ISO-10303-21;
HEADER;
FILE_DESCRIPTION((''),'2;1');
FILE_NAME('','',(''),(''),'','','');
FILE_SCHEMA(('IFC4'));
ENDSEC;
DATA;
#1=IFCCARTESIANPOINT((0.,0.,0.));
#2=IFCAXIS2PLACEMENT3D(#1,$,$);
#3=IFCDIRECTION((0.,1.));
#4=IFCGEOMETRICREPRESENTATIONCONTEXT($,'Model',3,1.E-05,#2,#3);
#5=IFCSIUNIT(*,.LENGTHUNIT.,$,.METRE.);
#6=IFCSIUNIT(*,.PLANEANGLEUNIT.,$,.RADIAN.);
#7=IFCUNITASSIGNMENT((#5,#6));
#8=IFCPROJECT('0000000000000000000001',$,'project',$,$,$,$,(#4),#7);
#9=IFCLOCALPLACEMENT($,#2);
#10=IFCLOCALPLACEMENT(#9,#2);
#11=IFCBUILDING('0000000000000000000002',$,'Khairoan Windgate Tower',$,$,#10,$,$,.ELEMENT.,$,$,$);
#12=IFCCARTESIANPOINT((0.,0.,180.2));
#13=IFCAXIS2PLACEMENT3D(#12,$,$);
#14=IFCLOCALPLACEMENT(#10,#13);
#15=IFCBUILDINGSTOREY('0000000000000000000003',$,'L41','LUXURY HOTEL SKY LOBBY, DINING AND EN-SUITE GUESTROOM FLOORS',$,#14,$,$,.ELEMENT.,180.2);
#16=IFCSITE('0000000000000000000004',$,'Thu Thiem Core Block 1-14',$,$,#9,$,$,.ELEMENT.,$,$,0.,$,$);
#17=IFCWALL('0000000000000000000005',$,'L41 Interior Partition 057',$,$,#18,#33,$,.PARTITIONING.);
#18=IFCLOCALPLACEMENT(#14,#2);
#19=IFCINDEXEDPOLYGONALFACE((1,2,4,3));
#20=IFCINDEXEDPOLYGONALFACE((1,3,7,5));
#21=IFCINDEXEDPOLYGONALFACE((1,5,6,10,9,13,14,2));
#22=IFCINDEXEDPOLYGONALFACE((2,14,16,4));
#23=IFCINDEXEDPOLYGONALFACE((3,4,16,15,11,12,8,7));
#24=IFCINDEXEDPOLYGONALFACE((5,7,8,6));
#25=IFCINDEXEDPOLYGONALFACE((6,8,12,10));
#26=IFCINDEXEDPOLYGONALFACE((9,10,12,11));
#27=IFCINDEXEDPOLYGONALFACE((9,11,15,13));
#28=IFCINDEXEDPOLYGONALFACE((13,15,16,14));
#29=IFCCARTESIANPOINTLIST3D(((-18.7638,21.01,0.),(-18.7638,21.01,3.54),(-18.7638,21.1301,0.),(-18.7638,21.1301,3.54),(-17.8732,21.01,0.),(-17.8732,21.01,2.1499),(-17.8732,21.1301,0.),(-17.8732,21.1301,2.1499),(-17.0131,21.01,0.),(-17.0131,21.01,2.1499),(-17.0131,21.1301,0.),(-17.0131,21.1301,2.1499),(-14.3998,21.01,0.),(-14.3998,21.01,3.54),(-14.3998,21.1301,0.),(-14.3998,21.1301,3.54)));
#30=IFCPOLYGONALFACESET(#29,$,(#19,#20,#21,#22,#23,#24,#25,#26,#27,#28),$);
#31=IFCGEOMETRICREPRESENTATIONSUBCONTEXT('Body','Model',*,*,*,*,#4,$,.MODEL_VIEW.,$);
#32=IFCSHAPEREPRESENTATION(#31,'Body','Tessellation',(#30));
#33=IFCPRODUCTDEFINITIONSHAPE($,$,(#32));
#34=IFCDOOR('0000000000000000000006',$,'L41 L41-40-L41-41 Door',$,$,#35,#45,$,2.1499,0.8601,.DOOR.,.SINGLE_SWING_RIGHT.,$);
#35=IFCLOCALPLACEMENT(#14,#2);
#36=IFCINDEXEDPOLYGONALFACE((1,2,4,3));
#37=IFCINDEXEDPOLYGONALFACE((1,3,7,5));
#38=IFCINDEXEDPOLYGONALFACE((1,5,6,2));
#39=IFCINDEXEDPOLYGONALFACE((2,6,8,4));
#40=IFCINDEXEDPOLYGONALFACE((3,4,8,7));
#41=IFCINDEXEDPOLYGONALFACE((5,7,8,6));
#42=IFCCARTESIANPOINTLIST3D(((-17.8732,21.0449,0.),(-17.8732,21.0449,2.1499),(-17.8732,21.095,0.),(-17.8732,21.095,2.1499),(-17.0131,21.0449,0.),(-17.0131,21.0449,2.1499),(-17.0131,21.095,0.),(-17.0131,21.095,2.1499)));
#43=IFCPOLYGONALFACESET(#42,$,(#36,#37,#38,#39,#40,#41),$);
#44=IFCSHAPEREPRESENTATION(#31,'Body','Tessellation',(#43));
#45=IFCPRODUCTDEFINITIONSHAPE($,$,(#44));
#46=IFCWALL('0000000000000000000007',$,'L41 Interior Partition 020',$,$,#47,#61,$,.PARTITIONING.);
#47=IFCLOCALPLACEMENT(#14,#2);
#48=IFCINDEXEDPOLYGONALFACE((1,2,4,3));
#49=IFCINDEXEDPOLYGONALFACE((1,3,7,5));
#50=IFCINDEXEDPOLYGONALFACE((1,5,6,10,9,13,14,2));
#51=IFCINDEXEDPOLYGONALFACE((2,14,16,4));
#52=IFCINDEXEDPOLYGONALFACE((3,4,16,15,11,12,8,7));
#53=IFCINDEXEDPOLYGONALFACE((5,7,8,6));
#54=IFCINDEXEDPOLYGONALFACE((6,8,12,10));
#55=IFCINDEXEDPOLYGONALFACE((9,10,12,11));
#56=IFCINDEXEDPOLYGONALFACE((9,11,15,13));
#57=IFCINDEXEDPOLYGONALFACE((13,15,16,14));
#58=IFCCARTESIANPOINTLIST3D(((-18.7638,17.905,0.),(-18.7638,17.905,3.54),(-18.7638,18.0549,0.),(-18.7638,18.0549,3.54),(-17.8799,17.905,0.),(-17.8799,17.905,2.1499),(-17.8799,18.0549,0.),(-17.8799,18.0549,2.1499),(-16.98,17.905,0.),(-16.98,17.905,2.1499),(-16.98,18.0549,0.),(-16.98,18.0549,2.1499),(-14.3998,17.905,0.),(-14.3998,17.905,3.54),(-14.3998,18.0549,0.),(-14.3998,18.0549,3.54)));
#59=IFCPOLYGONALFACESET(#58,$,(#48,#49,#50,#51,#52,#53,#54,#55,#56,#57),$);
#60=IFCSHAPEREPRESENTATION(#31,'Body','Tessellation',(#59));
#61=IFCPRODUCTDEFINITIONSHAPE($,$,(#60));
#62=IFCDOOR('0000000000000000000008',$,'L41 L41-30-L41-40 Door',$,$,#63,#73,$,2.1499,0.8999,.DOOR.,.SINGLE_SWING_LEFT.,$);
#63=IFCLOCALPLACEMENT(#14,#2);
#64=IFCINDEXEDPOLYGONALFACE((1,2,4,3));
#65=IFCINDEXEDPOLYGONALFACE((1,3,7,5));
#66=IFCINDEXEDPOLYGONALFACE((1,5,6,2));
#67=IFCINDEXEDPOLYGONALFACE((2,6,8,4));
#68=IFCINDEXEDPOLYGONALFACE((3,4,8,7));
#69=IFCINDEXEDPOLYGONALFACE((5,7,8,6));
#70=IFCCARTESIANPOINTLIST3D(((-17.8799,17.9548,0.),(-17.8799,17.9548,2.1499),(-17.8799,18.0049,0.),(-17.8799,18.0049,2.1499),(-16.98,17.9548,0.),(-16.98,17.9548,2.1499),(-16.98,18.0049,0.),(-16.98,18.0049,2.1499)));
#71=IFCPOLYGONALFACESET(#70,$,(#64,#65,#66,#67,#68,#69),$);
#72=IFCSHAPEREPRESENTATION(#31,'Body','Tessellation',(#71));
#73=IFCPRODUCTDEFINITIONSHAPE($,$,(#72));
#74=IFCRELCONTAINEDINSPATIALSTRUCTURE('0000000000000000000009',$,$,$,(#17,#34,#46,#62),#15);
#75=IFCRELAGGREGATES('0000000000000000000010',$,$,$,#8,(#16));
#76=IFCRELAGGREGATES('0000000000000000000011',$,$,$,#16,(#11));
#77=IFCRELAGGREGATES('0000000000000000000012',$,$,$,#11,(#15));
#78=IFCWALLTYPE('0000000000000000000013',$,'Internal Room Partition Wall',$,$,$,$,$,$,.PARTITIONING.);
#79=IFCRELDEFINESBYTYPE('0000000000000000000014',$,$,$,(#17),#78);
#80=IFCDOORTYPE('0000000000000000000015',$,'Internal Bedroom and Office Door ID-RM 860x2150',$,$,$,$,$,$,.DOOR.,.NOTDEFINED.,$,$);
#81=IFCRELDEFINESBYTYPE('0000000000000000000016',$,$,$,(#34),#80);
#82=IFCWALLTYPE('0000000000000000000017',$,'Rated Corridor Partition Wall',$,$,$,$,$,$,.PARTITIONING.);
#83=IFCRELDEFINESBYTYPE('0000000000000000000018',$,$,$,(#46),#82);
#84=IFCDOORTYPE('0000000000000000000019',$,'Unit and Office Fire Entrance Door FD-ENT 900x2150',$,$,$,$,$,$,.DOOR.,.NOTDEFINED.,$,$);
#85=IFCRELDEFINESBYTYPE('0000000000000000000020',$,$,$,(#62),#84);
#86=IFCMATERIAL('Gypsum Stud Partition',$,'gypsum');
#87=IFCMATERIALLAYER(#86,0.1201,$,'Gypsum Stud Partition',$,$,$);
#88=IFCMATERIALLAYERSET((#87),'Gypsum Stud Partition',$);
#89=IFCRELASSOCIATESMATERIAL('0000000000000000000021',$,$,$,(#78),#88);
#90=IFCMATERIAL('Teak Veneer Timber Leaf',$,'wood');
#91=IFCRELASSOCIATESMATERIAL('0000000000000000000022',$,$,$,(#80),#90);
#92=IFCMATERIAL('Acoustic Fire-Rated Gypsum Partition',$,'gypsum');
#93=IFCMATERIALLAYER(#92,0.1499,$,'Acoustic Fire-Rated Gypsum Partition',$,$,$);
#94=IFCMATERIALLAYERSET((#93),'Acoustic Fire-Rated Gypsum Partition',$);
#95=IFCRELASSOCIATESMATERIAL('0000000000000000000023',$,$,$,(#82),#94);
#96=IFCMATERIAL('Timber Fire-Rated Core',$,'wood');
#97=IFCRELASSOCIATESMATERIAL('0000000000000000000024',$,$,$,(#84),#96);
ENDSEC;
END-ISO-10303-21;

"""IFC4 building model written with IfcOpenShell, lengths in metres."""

from ifc_helpers import new_model, si_unit, direction, frame, frame_2d, origin, place, context, subcontext, project, spatial, rectangle, extrude, material, layer, layer_set, type_object, element, fill, save


model = new_model("IFC4")

# Units and contexts
model_context = context("Model", 3, precision=1e-05, world=origin(), true_north=direction((0.0, 1.0)))
body_context = subcontext(model_context, "Body", "Model", "MODEL_VIEW")
ifc_project = project(units=[si_unit("LENGTHUNIT", "METRE"), si_unit("PLANEANGLEUNIT", "RADIAN")], contexts=[model_context])

# Site, building, storey
site_placement = place(None, origin())
site = spatial("IfcSite", under=ifc_project, at=site_placement, Name="Thu Thiem Core Block 1-14", CompositionType="ELEMENT", RefElevation=0.0)
building_placement = place(site_placement, origin())
building = spatial("IfcBuilding", under=site, at=building_placement, Name="Khairoan Windgate Tower", CompositionType="ELEMENT")
storey_placement = place(building_placement, frame((0.0, 0.0, 180.2)))
storey = spatial("IfcBuildingStorey", under=building, at=storey_placement, Name="L41", Description="LUXURY HOTEL SKY LOBBY, DINING AND EN-SUITE GUESTROOM FLOORS", CompositionType="ELEMENT", Elevation=180.2)

# Wall, opening, door
ifc_material_1 = material(Name="Gypsum Stud Partition", Category="gypsum")
ifc_layer_1 = layer(ifc_material_1, 0.1201, Name="Gypsum Stud Partition")
ifc_layer_set_1 = layer_set([ifc_layer_1], Name="Gypsum Stud Partition")
wall_type_1 = type_object("IfcWallType", Name="Internal Room Partition Wall", PredefinedType="PARTITIONING", material=ifc_layer_set_1)
wall_1_placement = place(storey_placement, frame((-18.7639, 21.0701, 0.0), z_axis=(0.0, 0.0, 1.0), x_axis=(1.0, 0.0, 0.0)))
wall_1 = element("IfcWall", 1, at=wall_1_placement, inside=storey, type_object=wall_type_1, Name="L41 Interior Partition 057", PredefinedType="PARTITIONING", context=body_context, shape_type="SweptSolid", body=[
    extrude(rectangle(XDim=4.364, YDim=0.1201, at=frame_2d((2.1821, 0.0))), origin(), (0.0, 0.0, 1.0), 3.54),
])
opening_1_placement = place(wall_1_placement, frame((0.8906, 0.0, 0.0)))
opening_1 = element("IfcOpeningElement", 2, at=opening_1_placement, cuts=wall_1, PredefinedType="OPENING", context=body_context, shape_type="SweptSolid", body=[
    extrude(rectangle(XDim=0.8601, YDim=2.1499, at=frame_2d((0.4302, 1.075))), frame((0.0, 0.0701, 0.0), z_axis=(0.0, -1.0, 0.0), x_axis=(1.0, 0.0, 0.0)), (0.0, 0.0, 1.0), 0.1401),
])
ifc_material_2 = material(Name="Teak Veneer Timber Leaf", Category="wood")
door_type_1 = type_object("IfcDoorType", Name="Internal Bedroom and Office Door ID-RM 860x2150", OperationType="NOTDEFINED", PredefinedType="DOOR", material=ifc_material_2)
door_1_placement = place(opening_1_placement, origin())
door_1 = element("IfcDoor", 3, at=door_1_placement, inside=storey, type_object=door_type_1, Name="L41 L41-40-L41-41 Door", OperationType="SINGLE_SWING_RIGHT", OverallHeight=2.1499, OverallWidth=0.8601, PredefinedType="DOOR", context=body_context, shape_type="SweptSolid", body=[
    extrude(rectangle(XDim=0.8601, YDim=2.1499, at=frame_2d((0.4302, 1.075))), frame((0.0, 0.0249, 0.0), z_axis=(0.0, -1.0, 0.0), x_axis=(1.0, 0.0, 0.0)), (0.0, 0.0, 1.0), 0.05),
])
fill(opening_1, door_1)

# Wall, opening, door
ifc_material_3 = material(Name="Acoustic Fire-Rated Gypsum Partition", Category="gypsum")
ifc_layer_2 = layer(ifc_material_3, 0.1499, Name="Acoustic Fire-Rated Gypsum Partition")
ifc_layer_set_2 = layer_set([ifc_layer_2], Name="Acoustic Fire-Rated Gypsum Partition")
wall_type_2 = type_object("IfcWallType", Name="Rated Corridor Partition Wall", PredefinedType="PARTITIONING", material=ifc_layer_set_2)
wall_2_placement = place(storey_placement, frame((-18.7639, 17.98, 0.0), z_axis=(0.0, 0.0, 1.0), x_axis=(1.0, 0.0, 0.0)))
wall_2 = element("IfcWall", 4, at=wall_2_placement, inside=storey, type_object=wall_type_2, Name="L41 Interior Partition 020", PredefinedType="PARTITIONING", context=body_context, shape_type="SweptSolid", body=[
    extrude(rectangle(XDim=4.364, YDim=0.1499, at=frame_2d((2.1821, 0.0))), origin(), (0.0, 0.0, 1.0), 3.54),
])
opening_2_placement = place(wall_2_placement, frame((0.884, 0.0, 0.0)))
opening_2 = element("IfcOpeningElement", 5, at=opening_2_placement, cuts=wall_2, PredefinedType="OPENING", context=body_context, shape_type="SweptSolid", body=[
    extrude(rectangle(XDim=0.8999, YDim=2.1499, at=frame_2d((0.45, 1.075))), frame((0.0, 0.085, 0.0), z_axis=(0.0, -1.0, 0.0), x_axis=(1.0, 0.0, 0.0)), (0.0, 0.0, 1.0), 0.1699),
])
ifc_material_4 = material(Name="Timber Fire-Rated Core", Category="wood")
door_type_2 = type_object("IfcDoorType", Name="Unit and Office Fire Entrance Door FD-ENT 900x2150", OperationType="NOTDEFINED", PredefinedType="DOOR", material=ifc_material_4)
door_2_placement = place(opening_2_placement, origin())
door_2 = element("IfcDoor", 6, at=door_2_placement, inside=storey, type_object=door_type_2, Name="L41 L41-30-L41-40 Door", OperationType="SINGLE_SWING_LEFT", OverallHeight=2.1499, OverallWidth=0.8999, PredefinedType="DOOR", context=body_context, shape_type="SweptSolid", body=[
    extrude(rectangle(XDim=0.8999, YDim=2.1499, at=frame_2d((0.45, 1.075))), frame((0.0, 0.0249, 0.0), z_axis=(0.0, -1.0, 0.0), x_axis=(1.0, 0.0, 0.0)), (0.0, 0.0, 1.0), 0.05),
])
fill(opening_2, door_2)

save(model, "model.ifc")
